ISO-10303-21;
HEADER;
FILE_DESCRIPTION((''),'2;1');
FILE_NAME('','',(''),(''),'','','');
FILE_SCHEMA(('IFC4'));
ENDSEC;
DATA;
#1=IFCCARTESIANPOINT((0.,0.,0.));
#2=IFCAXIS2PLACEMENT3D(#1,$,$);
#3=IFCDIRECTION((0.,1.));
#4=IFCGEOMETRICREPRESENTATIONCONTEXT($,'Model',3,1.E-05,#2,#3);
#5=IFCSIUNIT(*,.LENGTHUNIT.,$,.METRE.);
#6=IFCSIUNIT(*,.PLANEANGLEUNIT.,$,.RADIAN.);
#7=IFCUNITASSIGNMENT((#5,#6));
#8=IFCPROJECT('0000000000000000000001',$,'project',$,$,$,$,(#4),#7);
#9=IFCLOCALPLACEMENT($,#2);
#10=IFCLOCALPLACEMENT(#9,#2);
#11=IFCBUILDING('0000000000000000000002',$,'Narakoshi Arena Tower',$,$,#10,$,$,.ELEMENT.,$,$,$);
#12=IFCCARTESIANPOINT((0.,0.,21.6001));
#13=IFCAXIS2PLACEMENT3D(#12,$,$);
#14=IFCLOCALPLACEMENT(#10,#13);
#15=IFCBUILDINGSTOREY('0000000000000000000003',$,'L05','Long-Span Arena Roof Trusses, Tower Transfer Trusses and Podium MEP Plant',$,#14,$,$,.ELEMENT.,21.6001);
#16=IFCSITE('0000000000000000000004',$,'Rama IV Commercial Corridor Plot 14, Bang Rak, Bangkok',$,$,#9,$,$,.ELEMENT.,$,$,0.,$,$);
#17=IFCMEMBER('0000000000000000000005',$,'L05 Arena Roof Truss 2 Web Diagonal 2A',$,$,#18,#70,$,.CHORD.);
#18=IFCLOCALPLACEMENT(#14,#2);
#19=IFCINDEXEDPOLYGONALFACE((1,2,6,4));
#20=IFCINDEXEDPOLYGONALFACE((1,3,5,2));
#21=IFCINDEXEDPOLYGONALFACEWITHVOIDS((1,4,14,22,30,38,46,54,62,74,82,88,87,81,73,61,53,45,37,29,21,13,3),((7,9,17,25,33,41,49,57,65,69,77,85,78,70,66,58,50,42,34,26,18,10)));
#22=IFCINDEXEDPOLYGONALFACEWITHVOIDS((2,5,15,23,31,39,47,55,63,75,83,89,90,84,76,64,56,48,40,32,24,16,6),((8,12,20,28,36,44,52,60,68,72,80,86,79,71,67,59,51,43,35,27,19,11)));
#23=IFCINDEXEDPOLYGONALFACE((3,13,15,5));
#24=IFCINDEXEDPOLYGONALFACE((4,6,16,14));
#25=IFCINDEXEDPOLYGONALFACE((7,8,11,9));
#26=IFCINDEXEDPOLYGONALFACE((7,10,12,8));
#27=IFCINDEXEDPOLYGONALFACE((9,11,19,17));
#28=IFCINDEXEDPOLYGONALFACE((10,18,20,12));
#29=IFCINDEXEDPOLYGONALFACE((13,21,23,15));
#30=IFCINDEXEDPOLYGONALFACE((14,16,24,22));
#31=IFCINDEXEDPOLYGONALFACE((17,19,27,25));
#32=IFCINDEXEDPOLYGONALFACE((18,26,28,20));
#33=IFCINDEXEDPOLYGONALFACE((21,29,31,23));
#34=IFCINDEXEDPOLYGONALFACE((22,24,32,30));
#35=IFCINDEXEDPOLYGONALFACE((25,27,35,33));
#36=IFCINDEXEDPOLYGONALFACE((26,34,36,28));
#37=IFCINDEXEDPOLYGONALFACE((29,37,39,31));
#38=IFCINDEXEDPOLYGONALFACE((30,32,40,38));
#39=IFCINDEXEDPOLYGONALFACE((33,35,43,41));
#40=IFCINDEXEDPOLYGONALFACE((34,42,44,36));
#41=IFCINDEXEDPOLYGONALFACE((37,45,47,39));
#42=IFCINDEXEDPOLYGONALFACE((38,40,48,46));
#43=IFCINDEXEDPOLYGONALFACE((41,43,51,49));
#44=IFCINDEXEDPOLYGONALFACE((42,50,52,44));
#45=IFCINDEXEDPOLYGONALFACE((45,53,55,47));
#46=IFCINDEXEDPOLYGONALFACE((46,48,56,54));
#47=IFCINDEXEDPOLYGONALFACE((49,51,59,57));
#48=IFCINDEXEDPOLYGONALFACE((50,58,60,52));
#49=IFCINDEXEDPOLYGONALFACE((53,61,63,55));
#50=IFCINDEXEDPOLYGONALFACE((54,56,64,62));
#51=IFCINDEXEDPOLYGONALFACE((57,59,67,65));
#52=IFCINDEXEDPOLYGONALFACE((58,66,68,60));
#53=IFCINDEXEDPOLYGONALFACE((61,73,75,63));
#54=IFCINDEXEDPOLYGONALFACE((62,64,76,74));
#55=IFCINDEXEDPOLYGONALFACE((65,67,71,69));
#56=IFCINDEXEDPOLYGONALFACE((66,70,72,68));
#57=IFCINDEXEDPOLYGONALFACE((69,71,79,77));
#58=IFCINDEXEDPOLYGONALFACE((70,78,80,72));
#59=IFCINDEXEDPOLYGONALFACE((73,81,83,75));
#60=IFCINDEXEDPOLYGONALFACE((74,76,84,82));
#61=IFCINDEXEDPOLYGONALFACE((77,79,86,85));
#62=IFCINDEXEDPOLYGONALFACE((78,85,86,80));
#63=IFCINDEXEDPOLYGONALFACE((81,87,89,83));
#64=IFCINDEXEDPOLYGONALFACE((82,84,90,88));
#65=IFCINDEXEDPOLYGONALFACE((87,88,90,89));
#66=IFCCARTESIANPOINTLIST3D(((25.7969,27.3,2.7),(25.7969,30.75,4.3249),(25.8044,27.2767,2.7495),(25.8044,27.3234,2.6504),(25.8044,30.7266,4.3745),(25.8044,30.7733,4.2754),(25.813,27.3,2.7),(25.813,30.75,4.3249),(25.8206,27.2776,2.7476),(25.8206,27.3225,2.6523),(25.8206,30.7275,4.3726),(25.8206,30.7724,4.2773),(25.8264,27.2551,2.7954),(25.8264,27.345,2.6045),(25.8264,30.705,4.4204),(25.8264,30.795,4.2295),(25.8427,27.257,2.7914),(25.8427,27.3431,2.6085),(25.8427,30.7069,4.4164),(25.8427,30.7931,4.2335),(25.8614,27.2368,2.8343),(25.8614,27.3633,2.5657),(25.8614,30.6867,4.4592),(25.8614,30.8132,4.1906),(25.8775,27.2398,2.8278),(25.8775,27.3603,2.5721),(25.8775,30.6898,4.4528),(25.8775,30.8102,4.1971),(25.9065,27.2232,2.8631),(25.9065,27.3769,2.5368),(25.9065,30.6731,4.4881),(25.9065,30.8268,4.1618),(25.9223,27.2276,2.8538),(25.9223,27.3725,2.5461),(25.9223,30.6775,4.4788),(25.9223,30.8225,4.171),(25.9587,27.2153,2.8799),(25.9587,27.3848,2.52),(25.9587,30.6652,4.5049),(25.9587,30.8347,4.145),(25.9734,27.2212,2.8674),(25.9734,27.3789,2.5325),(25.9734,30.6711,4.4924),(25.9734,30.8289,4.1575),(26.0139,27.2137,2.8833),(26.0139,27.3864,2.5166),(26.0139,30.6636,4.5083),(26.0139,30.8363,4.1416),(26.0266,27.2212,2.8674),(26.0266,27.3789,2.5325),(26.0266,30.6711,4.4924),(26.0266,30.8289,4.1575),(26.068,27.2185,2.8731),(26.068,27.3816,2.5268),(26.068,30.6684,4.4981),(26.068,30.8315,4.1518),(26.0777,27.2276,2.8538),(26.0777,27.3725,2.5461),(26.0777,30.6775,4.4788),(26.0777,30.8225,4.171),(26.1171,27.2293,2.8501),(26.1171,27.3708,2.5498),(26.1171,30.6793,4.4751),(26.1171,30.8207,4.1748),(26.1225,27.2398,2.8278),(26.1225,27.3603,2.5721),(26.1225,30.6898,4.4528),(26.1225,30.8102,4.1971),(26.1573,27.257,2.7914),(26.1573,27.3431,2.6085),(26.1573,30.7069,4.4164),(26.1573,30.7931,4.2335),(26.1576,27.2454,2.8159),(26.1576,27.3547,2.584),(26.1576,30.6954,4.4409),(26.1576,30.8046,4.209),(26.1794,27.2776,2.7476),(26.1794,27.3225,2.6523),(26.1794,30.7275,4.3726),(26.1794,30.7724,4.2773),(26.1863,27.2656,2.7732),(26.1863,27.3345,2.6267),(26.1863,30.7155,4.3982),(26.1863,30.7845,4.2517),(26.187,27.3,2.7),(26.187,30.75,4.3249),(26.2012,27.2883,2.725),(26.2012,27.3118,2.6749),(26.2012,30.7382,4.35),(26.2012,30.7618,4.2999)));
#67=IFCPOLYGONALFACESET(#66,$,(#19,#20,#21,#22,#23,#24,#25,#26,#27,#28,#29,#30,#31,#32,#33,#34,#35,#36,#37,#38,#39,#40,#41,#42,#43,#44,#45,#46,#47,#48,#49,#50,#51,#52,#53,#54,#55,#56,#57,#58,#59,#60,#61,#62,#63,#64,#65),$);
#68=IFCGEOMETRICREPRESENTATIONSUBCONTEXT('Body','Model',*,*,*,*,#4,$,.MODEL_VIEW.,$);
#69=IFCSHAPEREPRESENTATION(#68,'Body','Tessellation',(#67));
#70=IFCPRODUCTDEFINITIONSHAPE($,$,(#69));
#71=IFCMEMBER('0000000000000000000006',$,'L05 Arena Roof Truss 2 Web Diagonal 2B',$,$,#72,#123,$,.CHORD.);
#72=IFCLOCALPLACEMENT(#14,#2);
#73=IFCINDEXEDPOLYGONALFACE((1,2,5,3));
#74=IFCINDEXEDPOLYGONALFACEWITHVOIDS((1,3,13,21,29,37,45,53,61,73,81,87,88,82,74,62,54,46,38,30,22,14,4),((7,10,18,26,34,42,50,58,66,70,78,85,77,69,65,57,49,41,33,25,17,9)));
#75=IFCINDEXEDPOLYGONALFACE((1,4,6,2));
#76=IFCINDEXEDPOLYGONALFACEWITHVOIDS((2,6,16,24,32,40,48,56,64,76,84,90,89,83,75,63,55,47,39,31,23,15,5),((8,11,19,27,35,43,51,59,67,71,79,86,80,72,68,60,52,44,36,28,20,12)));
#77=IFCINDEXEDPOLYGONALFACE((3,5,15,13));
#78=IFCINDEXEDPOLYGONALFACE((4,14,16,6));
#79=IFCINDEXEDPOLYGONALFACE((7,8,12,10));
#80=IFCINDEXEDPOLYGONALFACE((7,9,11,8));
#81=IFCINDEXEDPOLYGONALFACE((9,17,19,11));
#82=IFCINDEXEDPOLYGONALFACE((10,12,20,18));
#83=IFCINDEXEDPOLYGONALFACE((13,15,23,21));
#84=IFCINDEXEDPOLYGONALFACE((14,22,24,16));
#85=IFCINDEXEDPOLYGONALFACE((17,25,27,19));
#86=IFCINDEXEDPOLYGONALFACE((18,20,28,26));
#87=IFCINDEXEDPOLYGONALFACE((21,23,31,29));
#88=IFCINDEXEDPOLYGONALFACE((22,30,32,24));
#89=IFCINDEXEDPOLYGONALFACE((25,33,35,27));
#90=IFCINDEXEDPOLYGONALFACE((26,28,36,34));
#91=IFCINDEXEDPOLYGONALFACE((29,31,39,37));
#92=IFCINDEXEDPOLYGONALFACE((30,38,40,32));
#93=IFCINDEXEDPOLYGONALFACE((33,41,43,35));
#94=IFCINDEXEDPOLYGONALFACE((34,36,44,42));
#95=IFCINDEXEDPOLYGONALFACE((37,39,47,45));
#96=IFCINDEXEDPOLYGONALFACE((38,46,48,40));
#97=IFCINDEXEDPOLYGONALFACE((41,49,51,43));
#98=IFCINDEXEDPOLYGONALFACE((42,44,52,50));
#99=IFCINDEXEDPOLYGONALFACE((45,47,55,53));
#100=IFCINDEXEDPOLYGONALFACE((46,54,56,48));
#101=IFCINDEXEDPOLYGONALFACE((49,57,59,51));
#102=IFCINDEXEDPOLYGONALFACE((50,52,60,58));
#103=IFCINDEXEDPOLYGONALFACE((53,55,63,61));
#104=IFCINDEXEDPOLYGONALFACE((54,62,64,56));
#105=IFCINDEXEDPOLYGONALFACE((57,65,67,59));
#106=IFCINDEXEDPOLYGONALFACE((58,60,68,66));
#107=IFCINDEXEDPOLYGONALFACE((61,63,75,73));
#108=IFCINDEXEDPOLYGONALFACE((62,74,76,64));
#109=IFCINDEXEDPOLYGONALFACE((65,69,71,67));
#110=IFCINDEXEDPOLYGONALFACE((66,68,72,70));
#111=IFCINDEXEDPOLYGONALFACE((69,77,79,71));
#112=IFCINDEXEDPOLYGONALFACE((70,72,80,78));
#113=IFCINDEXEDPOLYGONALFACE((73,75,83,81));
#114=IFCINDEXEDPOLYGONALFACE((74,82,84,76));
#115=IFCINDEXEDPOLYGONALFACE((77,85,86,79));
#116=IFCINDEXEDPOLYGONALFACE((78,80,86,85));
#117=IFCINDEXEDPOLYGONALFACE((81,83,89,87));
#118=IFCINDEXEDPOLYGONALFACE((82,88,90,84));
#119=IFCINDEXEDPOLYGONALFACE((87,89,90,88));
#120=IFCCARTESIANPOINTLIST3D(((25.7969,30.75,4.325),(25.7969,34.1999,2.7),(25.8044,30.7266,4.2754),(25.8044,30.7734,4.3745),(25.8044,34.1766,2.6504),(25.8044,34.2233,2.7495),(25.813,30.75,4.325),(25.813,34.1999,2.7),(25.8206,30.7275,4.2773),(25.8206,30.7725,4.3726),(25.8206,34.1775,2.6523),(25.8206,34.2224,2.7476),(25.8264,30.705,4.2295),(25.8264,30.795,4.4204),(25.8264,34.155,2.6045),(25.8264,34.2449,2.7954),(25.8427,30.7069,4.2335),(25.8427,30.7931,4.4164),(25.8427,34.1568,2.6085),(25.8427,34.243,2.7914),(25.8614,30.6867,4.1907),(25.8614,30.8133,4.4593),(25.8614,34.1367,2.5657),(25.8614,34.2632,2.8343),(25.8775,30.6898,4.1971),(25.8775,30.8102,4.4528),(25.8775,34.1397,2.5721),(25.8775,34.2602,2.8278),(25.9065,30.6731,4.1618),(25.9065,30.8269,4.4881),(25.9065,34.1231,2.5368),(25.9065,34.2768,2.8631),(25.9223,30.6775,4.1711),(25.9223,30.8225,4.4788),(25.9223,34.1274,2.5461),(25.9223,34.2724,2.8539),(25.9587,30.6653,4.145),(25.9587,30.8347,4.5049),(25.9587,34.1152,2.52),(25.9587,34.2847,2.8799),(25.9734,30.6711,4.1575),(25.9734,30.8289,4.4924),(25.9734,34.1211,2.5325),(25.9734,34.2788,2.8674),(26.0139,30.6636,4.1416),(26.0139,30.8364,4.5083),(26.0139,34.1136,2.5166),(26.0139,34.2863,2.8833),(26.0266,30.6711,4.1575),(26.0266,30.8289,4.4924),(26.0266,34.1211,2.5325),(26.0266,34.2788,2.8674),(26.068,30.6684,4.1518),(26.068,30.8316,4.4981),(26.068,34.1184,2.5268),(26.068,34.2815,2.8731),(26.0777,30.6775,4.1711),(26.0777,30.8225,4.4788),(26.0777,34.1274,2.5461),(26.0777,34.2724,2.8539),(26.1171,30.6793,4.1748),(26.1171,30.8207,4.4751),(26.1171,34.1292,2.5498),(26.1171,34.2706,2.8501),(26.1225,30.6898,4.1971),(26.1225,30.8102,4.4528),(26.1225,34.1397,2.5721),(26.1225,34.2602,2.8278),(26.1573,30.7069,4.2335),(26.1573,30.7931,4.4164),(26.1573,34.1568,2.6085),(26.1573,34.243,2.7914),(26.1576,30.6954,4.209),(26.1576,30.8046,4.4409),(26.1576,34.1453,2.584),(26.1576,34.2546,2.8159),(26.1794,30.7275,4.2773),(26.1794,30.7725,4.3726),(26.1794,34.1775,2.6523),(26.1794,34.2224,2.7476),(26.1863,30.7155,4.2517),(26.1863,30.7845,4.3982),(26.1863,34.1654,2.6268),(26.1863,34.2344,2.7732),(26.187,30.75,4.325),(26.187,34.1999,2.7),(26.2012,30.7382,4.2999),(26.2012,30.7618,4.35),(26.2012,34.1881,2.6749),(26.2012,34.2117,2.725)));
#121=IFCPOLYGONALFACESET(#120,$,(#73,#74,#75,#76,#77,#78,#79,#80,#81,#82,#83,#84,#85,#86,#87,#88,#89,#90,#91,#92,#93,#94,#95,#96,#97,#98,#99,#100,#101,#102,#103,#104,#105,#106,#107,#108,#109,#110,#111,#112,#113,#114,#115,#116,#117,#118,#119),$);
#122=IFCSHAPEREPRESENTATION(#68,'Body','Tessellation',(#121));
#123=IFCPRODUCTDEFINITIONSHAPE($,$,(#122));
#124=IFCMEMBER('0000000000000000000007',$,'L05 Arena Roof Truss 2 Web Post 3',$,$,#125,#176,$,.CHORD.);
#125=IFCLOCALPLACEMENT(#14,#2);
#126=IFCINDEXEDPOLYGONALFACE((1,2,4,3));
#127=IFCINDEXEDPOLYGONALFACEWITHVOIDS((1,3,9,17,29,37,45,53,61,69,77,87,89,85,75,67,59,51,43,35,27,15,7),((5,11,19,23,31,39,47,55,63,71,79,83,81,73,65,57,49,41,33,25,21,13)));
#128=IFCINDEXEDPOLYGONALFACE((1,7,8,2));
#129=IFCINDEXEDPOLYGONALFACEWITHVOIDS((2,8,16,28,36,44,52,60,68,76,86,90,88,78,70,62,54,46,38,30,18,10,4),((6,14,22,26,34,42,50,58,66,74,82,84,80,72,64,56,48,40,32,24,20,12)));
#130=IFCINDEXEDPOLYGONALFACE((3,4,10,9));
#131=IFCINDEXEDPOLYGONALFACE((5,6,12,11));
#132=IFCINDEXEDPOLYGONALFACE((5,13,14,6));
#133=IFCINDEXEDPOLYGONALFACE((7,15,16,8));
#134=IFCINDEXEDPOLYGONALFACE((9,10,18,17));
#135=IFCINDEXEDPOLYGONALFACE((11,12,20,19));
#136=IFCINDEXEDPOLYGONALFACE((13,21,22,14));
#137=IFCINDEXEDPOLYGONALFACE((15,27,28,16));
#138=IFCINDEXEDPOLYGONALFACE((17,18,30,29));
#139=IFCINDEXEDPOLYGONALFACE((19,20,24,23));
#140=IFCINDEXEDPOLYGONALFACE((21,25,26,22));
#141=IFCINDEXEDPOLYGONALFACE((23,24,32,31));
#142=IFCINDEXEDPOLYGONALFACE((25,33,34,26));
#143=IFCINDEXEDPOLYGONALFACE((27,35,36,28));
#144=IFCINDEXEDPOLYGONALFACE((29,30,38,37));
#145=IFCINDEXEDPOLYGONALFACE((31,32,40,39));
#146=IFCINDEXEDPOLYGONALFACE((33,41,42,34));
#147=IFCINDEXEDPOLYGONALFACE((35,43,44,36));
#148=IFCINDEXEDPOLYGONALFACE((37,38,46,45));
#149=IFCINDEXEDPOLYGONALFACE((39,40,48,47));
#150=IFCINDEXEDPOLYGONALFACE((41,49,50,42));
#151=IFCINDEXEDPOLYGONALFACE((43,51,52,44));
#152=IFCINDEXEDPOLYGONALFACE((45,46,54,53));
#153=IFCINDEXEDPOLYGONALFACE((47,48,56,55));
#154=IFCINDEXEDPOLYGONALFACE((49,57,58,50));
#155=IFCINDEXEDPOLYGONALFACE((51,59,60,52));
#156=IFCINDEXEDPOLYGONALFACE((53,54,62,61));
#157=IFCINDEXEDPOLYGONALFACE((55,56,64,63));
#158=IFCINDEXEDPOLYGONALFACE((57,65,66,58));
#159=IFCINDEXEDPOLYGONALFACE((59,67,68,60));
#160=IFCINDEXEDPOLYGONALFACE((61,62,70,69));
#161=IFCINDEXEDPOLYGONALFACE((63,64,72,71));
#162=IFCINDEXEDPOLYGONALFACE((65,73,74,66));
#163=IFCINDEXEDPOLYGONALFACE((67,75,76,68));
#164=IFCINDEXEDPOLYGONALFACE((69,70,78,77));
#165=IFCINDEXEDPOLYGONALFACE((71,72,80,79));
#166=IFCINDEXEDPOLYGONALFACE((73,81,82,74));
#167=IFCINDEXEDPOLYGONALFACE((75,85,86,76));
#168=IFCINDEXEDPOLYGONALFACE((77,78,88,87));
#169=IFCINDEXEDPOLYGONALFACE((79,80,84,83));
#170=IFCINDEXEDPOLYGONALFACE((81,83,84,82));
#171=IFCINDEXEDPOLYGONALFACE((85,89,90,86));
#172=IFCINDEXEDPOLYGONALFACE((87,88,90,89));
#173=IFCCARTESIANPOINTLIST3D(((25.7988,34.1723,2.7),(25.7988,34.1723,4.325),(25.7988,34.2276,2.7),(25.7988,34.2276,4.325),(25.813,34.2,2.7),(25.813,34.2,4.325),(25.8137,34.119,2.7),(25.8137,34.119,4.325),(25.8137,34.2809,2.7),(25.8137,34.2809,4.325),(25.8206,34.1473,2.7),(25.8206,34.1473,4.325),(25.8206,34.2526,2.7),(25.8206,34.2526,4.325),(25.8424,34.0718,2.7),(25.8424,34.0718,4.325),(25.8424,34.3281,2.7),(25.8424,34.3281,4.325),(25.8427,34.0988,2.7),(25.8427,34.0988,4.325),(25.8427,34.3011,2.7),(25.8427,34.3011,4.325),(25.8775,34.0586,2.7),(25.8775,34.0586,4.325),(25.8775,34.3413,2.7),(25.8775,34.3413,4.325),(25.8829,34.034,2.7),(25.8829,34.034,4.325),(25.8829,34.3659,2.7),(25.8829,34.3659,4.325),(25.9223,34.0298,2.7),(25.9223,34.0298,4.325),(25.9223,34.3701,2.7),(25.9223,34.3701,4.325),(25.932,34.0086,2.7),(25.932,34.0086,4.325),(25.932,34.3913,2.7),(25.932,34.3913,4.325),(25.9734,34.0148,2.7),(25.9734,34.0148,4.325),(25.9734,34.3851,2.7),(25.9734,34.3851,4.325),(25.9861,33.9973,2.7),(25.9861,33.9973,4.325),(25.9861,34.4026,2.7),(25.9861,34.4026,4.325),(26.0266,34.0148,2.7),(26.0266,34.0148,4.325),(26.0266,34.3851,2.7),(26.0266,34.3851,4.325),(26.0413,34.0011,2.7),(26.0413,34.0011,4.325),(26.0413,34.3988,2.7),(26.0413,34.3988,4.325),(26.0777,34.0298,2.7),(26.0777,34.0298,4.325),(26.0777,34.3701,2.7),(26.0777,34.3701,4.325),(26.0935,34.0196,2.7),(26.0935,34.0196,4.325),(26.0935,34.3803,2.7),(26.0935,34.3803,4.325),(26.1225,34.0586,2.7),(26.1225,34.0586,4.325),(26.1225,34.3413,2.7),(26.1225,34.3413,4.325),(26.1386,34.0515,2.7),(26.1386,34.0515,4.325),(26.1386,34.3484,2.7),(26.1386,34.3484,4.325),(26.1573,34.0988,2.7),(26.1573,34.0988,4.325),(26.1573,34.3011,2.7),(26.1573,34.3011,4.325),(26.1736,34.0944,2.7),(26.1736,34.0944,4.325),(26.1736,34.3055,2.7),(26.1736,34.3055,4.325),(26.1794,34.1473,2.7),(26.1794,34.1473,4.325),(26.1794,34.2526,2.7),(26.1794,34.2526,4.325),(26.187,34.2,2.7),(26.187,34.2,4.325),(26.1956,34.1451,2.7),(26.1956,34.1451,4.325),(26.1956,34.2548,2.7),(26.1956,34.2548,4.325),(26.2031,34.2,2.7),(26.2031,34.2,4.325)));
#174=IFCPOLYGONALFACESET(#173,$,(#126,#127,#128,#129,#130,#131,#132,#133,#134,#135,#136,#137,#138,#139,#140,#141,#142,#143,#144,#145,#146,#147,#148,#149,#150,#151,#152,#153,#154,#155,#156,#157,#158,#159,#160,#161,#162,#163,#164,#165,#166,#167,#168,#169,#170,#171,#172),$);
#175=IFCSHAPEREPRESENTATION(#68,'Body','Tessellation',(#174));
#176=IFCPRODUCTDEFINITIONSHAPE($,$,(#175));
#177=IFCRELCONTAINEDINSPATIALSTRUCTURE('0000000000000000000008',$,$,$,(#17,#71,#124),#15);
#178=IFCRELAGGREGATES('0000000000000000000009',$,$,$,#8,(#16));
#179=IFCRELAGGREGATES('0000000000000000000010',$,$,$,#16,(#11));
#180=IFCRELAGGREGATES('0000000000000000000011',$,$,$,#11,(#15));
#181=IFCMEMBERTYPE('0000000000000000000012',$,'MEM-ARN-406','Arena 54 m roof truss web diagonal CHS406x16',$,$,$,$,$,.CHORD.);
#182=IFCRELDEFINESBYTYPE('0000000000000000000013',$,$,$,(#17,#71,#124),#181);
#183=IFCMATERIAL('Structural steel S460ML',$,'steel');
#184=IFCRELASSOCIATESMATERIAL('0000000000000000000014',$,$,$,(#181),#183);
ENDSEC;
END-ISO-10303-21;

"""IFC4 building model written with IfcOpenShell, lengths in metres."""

from ifc_helpers import new_model, si_unit, direction, frame, origin, origin_2d, place, context, subcontext, project, spatial, hollow_circle, extrude, material, material_profile, profile_set, type_object, element, save


model = new_model("IFC4")

# Units and contexts
model_context = context("Model", 3, precision=1e-05, world=origin(), true_north=direction((0.0, 1.0)))
body_context = subcontext(model_context, "Body", "Model", "MODEL_VIEW")
ifc_project = project(units=[si_unit("LENGTHUNIT", "METRE"), si_unit("PLANEANGLEUNIT", "RADIAN")], contexts=[model_context])

# Site, building, storey
site_placement = place(None, origin())
site = spatial("IfcSite", under=ifc_project, at=site_placement, Name="Rama IV Commercial Corridor Plot 14, Bang Rak, Bangkok", CompositionType="ELEMENT", RefElevation=0.0)
building_placement = place(site_placement, origin())
building = spatial("IfcBuilding", under=site, at=building_placement, Name="Narakoshi Arena Tower", CompositionType="ELEMENT")
storey_placement = place(building_placement, frame((0.0, 0.0, 21.6001)))
storey = spatial("IfcBuildingStorey", under=building, at=storey_placement, Name="L05", Description="Long-Span Arena Roof Trusses, Tower Transfer Trusses and Podium MEP Plant", CompositionType="ELEMENT", Elevation=21.6001)

# Shared definitions
ifc_material_1 = material(Name="Structural steel S460ML", Category="steel")

# Members
ifc_material_profile_1 = material_profile(ifc_material_1, hollow_circle(Radius=0.2031, WallThickness=0.0161, at=origin_2d()), Name="CHS406x16")
ifc_profile_set_1 = profile_set([ifc_material_profile_1], Name="Structural steel S460ML")
member_type = type_object("IfcMemberType", Name="MEM-ARN-406", Description="Arena 54 m roof truss web diagonal CHS406x16", PredefinedType="CHORD", material=ifc_profile_set_1)
for number, where, z_axis, x_axis, name in (
    (1, (26.0, 27.3, 2.7), (0.0, 0.904668, 0.426118), (-1.0, 0.0, 0.0), "L05 Arena Roof Truss 2 Web Diagonal 2A"),
    (2, (26.0, 30.75, 4.325), (0.0, 0.904668, -0.426118), (-1.0, 0.0, 0.0), "L05 Arena Roof Truss 2 Web Diagonal 2B"),
):
    element("IfcMember", number, at=place(storey_placement, frame(where, z_axis=z_axis, x_axis=x_axis)), inside=storey, type_object=member_type, Name=name, PredefinedType="CHORD", context=body_context, shape_type="SweptSolid", body=[
        extrude(hollow_circle(Radius=0.2031, WallThickness=0.0161, at=origin_2d()), origin(), (0.0, 0.0, 1.0), 3.8135),
    ])
member_1_placement = place(storey_placement, frame((26.0, 34.2, 2.7), z_axis=(0.0, 0.0, 1.0), x_axis=(1.0, 0.0, 0.0)))
element("IfcMember", 3, at=member_1_placement, inside=storey, type_object=member_type, Name="L05 Arena Roof Truss 2 Web Post 3", PredefinedType="CHORD", context=body_context, shape_type="SweptSolid", body=[
    extrude(hollow_circle(Radius=0.2031, WallThickness=0.0161, at=origin_2d()), origin(), (0.0, 0.0, 1.0), 1.625),
])

save(model, "model.ifc")
